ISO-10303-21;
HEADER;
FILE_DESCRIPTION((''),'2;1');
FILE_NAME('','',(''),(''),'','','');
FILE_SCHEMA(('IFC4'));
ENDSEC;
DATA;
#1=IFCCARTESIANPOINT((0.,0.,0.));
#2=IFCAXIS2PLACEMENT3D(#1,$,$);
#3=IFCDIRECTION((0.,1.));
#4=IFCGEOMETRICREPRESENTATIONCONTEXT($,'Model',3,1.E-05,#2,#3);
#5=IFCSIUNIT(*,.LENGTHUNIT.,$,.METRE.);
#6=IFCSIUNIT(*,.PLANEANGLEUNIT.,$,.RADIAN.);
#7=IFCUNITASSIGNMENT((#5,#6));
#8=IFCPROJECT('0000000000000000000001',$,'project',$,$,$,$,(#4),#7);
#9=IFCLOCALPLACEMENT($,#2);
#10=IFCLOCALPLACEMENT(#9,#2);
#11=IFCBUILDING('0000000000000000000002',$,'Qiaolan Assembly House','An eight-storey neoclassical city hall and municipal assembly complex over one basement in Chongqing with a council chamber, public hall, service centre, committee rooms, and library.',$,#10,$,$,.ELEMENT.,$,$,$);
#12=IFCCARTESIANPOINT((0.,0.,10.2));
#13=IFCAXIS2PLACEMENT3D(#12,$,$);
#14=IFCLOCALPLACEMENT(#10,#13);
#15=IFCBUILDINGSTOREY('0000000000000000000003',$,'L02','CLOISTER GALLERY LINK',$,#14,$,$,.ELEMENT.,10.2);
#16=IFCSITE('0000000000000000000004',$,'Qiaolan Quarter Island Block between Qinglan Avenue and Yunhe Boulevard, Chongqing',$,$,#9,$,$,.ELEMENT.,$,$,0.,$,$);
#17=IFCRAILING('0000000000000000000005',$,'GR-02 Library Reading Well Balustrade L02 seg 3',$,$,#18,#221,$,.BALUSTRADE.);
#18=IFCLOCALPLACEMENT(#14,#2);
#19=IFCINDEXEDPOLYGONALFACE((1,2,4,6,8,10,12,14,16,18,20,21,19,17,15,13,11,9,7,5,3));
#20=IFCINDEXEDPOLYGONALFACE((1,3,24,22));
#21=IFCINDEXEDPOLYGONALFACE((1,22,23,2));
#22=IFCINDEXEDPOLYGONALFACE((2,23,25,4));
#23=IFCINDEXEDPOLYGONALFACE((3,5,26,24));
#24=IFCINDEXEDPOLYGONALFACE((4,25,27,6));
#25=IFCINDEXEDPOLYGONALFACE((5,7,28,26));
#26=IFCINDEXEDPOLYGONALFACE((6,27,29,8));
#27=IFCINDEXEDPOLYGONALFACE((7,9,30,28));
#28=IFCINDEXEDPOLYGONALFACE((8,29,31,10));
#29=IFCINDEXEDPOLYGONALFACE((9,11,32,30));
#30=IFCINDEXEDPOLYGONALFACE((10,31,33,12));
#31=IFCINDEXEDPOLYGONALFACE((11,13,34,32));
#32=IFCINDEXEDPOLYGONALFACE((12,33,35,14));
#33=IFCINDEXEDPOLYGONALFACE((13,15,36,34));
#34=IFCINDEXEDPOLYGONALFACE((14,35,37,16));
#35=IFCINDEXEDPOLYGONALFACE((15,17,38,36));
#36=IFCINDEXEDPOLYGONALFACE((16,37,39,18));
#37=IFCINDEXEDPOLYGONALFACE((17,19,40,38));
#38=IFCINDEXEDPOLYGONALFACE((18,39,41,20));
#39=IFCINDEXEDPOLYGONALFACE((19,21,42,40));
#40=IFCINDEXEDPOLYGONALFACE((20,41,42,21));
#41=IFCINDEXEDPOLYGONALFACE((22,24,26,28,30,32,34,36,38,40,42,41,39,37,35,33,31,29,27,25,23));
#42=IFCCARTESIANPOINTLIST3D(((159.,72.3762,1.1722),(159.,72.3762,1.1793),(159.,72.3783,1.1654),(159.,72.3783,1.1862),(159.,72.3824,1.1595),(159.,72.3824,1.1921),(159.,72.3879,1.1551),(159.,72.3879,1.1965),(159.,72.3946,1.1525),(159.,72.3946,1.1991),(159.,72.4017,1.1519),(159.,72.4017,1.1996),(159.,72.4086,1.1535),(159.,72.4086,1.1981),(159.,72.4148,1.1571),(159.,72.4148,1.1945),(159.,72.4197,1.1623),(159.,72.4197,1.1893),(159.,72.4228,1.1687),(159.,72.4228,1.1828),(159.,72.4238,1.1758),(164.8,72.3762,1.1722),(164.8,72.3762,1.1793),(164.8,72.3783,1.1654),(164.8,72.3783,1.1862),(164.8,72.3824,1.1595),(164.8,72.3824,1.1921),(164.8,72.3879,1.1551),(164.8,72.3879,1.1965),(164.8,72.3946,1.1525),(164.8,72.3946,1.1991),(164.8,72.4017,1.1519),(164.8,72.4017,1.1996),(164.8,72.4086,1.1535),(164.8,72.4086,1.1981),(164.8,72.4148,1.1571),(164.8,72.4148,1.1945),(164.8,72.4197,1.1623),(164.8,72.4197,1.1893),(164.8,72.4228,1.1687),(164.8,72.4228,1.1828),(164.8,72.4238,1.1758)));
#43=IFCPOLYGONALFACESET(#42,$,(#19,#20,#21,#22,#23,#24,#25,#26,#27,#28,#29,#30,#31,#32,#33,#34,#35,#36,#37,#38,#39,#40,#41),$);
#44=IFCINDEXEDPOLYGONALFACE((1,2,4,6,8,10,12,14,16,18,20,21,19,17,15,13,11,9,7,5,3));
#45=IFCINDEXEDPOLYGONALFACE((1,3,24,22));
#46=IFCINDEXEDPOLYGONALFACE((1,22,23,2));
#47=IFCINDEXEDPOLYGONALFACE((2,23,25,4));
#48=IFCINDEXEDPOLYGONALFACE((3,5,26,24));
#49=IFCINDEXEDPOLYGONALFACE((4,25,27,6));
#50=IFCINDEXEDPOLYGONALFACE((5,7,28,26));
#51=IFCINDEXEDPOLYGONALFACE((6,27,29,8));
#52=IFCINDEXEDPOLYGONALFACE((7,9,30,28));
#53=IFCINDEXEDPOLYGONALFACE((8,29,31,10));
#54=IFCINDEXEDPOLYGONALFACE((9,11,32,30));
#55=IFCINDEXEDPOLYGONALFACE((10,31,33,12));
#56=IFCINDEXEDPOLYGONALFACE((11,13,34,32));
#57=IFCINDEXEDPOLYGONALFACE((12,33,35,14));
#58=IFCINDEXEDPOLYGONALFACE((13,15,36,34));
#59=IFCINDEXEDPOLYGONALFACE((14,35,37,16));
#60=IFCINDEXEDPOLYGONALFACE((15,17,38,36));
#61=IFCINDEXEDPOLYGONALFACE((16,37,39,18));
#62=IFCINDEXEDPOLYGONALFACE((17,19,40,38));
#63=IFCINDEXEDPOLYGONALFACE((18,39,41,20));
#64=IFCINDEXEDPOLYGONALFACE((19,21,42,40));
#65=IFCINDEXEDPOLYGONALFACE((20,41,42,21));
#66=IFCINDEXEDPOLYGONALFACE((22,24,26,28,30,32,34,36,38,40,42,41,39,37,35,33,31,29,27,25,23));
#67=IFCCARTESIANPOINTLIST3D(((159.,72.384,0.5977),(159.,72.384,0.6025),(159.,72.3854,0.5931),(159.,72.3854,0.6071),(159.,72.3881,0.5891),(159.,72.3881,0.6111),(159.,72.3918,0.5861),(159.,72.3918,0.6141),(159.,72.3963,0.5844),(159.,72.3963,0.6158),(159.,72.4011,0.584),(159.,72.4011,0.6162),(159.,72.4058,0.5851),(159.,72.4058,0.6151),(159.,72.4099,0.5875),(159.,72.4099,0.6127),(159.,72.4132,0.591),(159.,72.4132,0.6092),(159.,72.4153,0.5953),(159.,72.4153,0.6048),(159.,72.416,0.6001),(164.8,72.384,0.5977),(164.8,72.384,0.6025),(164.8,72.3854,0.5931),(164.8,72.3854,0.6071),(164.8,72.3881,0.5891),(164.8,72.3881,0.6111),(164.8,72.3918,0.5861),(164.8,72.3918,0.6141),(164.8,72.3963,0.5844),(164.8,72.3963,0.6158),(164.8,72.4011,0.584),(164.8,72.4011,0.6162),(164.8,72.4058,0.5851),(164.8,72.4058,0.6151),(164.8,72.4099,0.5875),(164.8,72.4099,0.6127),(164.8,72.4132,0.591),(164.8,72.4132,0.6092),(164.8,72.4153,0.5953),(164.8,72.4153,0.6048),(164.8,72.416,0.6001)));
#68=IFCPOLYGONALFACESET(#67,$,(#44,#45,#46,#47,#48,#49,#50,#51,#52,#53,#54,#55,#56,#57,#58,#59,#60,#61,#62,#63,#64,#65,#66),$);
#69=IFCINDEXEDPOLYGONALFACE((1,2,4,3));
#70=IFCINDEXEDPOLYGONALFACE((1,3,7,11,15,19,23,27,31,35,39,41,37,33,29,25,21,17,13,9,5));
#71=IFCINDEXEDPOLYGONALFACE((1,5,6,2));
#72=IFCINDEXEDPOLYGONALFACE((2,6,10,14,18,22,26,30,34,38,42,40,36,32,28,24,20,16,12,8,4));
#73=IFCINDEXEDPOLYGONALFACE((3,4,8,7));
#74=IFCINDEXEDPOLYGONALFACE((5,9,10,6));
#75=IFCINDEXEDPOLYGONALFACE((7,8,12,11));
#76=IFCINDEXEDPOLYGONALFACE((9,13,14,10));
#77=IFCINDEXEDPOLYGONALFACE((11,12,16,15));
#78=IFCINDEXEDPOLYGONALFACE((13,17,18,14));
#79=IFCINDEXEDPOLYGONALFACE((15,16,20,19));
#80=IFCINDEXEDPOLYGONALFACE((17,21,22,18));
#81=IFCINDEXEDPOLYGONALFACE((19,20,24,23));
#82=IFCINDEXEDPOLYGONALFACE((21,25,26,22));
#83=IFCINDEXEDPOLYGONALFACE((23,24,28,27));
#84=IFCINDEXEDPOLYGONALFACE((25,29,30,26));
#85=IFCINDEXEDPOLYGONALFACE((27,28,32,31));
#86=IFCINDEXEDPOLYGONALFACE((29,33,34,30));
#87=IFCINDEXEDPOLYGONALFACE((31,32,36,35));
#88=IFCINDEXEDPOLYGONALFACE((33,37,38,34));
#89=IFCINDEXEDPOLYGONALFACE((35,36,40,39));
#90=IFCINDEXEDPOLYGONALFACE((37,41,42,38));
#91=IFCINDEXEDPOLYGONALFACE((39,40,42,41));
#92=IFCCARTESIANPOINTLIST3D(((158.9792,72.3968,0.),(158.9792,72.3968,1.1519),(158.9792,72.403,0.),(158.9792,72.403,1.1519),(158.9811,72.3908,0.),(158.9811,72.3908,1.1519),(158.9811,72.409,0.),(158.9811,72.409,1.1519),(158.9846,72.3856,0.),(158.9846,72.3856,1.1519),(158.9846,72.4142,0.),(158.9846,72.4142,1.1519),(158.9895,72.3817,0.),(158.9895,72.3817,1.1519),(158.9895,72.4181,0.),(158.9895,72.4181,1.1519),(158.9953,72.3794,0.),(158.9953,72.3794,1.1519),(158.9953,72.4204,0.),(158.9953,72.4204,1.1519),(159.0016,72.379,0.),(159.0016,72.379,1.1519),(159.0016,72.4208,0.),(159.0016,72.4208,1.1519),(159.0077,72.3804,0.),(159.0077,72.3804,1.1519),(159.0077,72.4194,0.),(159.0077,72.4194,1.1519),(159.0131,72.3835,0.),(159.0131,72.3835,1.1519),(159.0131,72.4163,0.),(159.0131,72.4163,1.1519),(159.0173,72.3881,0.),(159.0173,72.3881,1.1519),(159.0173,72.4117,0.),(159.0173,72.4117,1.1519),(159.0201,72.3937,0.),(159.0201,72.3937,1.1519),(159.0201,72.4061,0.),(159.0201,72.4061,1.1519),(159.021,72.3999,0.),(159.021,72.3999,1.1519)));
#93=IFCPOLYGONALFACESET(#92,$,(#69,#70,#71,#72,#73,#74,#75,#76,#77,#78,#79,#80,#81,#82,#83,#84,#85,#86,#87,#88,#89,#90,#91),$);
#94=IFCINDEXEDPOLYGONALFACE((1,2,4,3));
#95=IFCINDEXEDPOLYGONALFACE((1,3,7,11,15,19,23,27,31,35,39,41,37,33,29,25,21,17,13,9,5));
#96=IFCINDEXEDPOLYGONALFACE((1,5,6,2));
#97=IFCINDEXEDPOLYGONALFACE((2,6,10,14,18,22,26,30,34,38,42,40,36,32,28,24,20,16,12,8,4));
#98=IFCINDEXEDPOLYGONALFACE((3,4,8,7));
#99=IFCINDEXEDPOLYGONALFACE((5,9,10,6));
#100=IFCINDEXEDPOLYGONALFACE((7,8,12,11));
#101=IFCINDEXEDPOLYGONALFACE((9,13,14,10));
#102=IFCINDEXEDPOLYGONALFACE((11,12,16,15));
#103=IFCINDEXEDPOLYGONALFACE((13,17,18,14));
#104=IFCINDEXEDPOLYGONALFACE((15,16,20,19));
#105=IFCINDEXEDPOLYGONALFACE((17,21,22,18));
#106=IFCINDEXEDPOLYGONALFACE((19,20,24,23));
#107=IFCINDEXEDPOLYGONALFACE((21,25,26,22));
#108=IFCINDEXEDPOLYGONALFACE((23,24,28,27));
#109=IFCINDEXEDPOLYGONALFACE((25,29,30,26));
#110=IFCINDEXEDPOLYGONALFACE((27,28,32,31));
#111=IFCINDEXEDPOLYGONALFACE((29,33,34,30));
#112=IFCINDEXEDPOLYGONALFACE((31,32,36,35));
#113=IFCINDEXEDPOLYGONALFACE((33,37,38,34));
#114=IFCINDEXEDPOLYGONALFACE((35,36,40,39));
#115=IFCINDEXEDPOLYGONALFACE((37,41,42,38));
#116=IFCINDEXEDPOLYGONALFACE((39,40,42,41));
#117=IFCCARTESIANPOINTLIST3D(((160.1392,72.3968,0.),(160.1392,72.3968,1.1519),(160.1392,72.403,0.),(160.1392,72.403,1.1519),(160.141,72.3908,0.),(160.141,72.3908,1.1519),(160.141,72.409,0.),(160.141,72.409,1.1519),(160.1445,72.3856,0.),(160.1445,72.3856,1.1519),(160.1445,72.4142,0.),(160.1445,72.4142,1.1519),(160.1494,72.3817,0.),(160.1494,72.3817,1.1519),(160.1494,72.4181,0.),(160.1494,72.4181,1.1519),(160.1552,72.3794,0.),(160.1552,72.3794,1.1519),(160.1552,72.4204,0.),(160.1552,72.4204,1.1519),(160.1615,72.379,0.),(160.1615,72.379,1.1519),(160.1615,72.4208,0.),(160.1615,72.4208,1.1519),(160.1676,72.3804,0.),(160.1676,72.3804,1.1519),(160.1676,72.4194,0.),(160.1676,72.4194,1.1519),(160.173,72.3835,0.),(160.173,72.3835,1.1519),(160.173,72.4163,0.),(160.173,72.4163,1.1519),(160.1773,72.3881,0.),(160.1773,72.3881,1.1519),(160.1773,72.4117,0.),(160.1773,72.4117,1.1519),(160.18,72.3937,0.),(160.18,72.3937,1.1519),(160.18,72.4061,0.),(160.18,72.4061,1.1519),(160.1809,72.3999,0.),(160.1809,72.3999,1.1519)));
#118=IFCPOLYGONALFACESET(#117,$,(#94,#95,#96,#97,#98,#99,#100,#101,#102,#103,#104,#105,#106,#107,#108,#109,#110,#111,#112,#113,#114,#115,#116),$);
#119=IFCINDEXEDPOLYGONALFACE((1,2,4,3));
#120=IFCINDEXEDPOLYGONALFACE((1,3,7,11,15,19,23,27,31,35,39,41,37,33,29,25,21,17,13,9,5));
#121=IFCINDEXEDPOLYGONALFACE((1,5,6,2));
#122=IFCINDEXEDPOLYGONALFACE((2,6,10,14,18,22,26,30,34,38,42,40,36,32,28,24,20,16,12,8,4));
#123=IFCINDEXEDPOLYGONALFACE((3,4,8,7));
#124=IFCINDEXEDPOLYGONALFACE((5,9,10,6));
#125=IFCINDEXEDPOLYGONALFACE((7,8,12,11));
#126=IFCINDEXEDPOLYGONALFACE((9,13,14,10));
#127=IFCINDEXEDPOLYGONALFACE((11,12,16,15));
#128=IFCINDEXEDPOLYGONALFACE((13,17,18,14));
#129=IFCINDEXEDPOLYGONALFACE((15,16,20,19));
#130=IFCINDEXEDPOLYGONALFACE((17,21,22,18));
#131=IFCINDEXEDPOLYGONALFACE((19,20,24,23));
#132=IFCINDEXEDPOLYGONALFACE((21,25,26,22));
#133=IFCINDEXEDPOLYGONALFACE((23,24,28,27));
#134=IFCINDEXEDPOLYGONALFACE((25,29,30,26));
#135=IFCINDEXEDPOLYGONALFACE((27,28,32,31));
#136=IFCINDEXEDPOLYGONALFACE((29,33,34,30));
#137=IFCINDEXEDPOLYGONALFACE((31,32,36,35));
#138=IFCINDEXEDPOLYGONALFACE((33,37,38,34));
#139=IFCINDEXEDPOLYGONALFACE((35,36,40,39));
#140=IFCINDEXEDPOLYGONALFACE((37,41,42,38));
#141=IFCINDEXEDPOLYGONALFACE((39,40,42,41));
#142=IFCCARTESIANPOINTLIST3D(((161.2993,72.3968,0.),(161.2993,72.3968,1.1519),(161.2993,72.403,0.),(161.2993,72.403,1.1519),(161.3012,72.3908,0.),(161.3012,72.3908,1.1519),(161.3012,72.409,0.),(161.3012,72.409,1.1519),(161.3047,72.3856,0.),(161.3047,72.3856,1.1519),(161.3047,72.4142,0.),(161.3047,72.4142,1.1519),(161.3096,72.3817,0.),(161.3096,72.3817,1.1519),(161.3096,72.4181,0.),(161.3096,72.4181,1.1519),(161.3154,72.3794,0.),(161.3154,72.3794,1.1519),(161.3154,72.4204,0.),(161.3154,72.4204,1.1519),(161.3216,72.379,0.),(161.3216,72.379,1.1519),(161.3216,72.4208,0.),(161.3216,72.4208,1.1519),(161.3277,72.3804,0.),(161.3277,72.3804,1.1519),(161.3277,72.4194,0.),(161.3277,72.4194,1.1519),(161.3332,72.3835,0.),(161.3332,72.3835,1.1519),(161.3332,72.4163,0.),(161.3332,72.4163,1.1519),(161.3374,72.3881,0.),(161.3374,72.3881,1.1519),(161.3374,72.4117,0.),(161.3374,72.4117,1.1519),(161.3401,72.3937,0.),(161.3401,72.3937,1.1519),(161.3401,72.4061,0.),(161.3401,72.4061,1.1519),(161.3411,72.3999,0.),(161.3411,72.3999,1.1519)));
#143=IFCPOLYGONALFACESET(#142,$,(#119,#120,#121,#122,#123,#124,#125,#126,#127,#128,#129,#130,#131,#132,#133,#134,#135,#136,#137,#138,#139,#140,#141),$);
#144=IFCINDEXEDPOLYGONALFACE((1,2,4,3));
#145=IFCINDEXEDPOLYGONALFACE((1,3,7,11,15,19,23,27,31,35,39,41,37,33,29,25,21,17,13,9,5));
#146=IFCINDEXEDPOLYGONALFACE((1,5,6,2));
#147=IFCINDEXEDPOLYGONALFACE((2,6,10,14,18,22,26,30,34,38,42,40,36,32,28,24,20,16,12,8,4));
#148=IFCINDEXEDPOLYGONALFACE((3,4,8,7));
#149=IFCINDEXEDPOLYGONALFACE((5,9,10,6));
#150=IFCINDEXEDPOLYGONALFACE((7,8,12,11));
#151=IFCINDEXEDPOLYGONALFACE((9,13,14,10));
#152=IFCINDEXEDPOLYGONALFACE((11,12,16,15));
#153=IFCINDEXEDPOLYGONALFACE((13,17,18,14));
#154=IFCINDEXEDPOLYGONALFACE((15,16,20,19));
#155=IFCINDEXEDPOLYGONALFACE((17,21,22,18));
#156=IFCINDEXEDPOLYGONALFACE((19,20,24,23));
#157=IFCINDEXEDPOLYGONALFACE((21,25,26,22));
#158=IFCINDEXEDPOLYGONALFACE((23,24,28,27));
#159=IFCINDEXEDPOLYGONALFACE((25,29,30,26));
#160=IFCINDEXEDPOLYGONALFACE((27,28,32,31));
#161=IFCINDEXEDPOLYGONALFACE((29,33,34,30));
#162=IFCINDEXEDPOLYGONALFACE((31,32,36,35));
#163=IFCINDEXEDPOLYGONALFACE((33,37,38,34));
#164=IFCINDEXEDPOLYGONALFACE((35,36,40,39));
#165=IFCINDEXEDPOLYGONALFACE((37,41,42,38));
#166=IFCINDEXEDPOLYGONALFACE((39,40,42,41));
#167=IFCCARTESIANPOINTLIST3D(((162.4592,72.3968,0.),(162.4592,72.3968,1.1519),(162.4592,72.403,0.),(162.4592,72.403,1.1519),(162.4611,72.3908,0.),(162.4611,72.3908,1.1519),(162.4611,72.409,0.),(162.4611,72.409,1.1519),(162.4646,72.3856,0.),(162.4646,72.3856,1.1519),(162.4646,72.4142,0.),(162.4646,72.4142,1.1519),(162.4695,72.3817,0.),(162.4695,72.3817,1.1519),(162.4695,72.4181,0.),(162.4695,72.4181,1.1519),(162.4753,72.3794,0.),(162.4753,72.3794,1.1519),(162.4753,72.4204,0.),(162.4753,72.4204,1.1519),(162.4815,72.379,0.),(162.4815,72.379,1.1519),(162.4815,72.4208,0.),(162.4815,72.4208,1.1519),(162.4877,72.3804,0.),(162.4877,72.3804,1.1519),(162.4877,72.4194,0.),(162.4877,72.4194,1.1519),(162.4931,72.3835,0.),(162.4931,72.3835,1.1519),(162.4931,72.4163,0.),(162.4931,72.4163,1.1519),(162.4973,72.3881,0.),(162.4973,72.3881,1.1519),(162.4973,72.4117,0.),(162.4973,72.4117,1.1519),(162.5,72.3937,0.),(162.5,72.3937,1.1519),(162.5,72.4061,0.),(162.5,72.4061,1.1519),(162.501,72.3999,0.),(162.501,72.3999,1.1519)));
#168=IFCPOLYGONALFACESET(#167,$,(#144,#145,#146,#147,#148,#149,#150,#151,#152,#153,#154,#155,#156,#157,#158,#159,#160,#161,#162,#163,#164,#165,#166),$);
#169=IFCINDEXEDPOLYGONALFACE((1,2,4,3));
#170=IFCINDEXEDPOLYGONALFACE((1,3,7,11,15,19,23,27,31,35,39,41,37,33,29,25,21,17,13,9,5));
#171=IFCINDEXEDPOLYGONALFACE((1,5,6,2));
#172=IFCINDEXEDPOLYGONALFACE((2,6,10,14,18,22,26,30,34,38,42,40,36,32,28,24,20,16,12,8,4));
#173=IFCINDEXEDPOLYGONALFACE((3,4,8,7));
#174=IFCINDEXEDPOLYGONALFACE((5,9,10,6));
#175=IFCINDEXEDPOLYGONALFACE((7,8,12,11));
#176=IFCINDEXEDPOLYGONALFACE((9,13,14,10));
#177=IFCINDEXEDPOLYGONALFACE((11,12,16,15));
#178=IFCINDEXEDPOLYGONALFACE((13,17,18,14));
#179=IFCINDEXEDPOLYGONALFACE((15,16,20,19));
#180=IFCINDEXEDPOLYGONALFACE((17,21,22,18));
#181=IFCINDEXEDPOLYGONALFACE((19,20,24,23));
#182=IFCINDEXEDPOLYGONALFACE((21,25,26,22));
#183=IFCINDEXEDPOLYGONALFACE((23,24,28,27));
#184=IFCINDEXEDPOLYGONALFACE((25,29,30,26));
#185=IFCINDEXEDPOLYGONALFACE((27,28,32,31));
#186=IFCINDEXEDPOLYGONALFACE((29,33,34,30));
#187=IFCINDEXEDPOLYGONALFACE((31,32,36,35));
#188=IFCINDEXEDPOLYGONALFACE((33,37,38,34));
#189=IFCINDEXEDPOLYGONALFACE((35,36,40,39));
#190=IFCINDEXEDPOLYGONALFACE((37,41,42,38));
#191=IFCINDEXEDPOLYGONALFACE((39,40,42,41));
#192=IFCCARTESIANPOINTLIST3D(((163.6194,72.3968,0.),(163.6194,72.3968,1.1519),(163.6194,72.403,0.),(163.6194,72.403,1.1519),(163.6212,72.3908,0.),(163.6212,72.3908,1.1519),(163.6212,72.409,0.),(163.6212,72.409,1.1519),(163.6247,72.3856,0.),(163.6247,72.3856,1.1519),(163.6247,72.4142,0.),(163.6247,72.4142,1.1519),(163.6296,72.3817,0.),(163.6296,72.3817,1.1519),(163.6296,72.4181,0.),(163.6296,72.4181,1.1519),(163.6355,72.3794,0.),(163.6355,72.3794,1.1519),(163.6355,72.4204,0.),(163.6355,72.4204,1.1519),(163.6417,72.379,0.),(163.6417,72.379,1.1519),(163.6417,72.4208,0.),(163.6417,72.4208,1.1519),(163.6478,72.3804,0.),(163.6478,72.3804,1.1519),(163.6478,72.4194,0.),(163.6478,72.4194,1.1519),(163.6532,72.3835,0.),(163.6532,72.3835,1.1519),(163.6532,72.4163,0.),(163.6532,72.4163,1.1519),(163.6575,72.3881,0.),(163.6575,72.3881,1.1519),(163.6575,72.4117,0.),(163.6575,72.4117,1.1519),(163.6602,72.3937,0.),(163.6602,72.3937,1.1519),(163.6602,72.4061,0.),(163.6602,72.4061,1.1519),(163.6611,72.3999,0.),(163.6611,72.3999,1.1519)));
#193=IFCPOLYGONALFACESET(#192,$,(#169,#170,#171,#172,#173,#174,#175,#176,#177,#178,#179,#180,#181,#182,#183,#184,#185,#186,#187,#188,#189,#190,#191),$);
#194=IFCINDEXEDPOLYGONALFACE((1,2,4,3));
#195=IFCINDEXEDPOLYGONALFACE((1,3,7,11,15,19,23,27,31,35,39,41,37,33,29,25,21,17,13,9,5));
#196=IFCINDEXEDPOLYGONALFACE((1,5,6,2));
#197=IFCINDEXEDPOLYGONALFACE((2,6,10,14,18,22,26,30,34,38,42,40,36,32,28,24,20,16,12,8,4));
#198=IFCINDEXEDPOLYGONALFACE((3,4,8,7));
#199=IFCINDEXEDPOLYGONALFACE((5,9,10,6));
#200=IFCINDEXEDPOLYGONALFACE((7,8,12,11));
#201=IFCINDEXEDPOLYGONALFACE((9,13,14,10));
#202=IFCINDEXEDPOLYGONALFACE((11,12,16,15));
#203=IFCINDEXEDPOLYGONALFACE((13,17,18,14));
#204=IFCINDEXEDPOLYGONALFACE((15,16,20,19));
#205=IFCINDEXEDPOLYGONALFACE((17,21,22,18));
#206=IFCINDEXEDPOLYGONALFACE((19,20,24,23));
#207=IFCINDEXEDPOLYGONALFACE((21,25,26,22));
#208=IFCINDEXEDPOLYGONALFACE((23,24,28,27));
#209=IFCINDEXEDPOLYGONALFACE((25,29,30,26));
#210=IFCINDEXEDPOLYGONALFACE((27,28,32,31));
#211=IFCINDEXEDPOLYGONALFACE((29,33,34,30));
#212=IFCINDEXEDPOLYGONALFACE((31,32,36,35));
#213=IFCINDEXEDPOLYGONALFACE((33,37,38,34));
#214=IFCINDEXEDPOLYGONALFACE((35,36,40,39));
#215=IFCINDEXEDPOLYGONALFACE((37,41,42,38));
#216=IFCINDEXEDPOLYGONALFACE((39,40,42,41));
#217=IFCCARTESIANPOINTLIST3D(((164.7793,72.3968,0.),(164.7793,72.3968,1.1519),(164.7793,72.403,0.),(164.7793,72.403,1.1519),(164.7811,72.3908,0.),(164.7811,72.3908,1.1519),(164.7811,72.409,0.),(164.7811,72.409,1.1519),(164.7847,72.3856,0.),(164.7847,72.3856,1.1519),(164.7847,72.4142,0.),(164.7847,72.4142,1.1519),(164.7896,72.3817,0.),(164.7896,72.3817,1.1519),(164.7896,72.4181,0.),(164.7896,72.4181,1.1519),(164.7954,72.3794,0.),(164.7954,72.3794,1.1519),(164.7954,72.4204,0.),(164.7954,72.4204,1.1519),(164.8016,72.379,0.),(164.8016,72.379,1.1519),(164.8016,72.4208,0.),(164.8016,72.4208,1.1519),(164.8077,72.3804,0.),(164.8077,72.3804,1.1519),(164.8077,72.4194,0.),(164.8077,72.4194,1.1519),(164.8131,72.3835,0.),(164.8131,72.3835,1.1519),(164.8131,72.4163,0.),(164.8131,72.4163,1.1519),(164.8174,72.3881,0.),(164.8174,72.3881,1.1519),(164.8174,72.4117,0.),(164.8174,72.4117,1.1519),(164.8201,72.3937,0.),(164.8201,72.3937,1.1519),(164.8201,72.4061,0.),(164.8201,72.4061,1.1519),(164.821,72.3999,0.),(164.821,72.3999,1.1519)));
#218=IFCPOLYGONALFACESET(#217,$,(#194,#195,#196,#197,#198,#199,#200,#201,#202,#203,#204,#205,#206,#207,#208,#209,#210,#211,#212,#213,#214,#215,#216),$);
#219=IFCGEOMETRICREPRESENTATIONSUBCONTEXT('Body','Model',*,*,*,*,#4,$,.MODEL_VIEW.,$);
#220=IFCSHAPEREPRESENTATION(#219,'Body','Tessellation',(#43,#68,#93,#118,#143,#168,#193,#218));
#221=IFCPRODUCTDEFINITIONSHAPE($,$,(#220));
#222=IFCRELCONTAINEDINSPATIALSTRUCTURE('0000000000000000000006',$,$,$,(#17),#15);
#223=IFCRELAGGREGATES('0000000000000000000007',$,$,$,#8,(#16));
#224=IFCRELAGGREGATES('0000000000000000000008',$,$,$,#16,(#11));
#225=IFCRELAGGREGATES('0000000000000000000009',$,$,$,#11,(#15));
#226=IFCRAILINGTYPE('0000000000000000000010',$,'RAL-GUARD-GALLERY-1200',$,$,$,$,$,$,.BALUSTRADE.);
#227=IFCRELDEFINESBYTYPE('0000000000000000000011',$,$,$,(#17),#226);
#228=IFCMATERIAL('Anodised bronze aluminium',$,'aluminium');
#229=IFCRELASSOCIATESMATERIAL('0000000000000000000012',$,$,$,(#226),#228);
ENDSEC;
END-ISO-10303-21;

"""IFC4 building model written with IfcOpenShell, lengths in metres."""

from ifc_helpers import new_model, si_unit, direction, frame, origin, origin_2d, place, context, subcontext, project, spatial, circle, extrude, material, type_object, element, save


model = new_model("IFC4")

# Units and contexts
model_context = context("Model", 3, precision=1e-05, world=origin(), true_north=direction((0.0, 1.0)))
body_context = subcontext(model_context, "Body", "Model", "MODEL_VIEW")
ifc_project = project(units=[si_unit("LENGTHUNIT", "METRE"), si_unit("PLANEANGLEUNIT", "RADIAN")], contexts=[model_context])

# Site, building, storey
site_placement = place(None, origin())
site = spatial("IfcSite", under=ifc_project, at=site_placement, Name="Qiaolan Quarter Island Block between Qinglan Avenue and Yunhe Boulevard, Chongqing", CompositionType="ELEMENT", RefElevation=0.0)
building_placement = place(site_placement, origin())
building = spatial("IfcBuilding", under=site, at=building_placement, Name="Qiaolan Assembly House", Description="An eight-storey neoclassical city hall and municipal assembly complex over one basement in Chongqing with a council chamber, public hall, service centre, committee rooms, and library.", CompositionType="ELEMENT")
storey_placement = place(building_placement, frame((0.0, 0.0, 10.2)))
storey = spatial("IfcBuildingStorey", under=building, at=storey_placement, Name="L02", Description="CLOISTER GALLERY LINK", CompositionType="ELEMENT", Elevation=10.2)

# Railing
ifc_material_1 = material(Name="Anodised bronze aluminium", Category="aluminium")
railing_type = type_object("IfcRailingType", Name="RAL-GUARD-GALLERY-1200", PredefinedType="BALUSTRADE", material=ifc_material_1)
railing_1_placement = place(storey_placement, frame((159.0, 72.3999, 0.0)))
element("IfcRailing", 1, at=railing_1_placement, inside=storey, type_object=railing_type, Name="GR-02 Library Reading Well Balustrade L02 seg 3", PredefinedType="BALUSTRADE", context=body_context, shape_type="SweptSolid", body=[
    extrude(circle(Radius=0.0239, at=origin_2d()), frame((0.0, 0.0, 1.1758), z_axis=(1.0, 0.0, 0.0), x_axis=(0.0, 1.0, 0.0)), (0.0, 0.0, 1.0), 5.8),
    extrude(circle(Radius=0.0161, at=origin_2d()), frame((0.0, 0.0, 0.6001), z_axis=(1.0, 0.0, 0.0), x_axis=(0.0, 1.0, 0.0)), (0.0, 0.0, 1.0), 5.8),
    extrude(circle(Radius=0.021, at=origin_2d()), origin(), (0.0, 0.0, 1.0), 1.1519),
    extrude(circle(Radius=0.021, at=origin_2d()), frame((1.1599, 0.0, 0.0)), (0.0, 0.0, 1.0), 1.1519),
    extrude(circle(Radius=0.021, at=origin_2d()), frame((2.3201, 0.0, 0.0)), (0.0, 0.0, 1.0), 1.1519),
    extrude(circle(Radius=0.021, at=origin_2d()), frame((3.48, 0.0, 0.0)), (0.0, 0.0, 1.0), 1.1519),
    extrude(circle(Radius=0.021, at=origin_2d()), frame((4.6401, 0.0, 0.0)), (0.0, 0.0, 1.0), 1.1519),
    extrude(circle(Radius=0.021, at=origin_2d()), frame((5.8, 0.0, 0.0)), (0.0, 0.0, 1.0), 1.1519),
])

save(model, "model.ifc")
